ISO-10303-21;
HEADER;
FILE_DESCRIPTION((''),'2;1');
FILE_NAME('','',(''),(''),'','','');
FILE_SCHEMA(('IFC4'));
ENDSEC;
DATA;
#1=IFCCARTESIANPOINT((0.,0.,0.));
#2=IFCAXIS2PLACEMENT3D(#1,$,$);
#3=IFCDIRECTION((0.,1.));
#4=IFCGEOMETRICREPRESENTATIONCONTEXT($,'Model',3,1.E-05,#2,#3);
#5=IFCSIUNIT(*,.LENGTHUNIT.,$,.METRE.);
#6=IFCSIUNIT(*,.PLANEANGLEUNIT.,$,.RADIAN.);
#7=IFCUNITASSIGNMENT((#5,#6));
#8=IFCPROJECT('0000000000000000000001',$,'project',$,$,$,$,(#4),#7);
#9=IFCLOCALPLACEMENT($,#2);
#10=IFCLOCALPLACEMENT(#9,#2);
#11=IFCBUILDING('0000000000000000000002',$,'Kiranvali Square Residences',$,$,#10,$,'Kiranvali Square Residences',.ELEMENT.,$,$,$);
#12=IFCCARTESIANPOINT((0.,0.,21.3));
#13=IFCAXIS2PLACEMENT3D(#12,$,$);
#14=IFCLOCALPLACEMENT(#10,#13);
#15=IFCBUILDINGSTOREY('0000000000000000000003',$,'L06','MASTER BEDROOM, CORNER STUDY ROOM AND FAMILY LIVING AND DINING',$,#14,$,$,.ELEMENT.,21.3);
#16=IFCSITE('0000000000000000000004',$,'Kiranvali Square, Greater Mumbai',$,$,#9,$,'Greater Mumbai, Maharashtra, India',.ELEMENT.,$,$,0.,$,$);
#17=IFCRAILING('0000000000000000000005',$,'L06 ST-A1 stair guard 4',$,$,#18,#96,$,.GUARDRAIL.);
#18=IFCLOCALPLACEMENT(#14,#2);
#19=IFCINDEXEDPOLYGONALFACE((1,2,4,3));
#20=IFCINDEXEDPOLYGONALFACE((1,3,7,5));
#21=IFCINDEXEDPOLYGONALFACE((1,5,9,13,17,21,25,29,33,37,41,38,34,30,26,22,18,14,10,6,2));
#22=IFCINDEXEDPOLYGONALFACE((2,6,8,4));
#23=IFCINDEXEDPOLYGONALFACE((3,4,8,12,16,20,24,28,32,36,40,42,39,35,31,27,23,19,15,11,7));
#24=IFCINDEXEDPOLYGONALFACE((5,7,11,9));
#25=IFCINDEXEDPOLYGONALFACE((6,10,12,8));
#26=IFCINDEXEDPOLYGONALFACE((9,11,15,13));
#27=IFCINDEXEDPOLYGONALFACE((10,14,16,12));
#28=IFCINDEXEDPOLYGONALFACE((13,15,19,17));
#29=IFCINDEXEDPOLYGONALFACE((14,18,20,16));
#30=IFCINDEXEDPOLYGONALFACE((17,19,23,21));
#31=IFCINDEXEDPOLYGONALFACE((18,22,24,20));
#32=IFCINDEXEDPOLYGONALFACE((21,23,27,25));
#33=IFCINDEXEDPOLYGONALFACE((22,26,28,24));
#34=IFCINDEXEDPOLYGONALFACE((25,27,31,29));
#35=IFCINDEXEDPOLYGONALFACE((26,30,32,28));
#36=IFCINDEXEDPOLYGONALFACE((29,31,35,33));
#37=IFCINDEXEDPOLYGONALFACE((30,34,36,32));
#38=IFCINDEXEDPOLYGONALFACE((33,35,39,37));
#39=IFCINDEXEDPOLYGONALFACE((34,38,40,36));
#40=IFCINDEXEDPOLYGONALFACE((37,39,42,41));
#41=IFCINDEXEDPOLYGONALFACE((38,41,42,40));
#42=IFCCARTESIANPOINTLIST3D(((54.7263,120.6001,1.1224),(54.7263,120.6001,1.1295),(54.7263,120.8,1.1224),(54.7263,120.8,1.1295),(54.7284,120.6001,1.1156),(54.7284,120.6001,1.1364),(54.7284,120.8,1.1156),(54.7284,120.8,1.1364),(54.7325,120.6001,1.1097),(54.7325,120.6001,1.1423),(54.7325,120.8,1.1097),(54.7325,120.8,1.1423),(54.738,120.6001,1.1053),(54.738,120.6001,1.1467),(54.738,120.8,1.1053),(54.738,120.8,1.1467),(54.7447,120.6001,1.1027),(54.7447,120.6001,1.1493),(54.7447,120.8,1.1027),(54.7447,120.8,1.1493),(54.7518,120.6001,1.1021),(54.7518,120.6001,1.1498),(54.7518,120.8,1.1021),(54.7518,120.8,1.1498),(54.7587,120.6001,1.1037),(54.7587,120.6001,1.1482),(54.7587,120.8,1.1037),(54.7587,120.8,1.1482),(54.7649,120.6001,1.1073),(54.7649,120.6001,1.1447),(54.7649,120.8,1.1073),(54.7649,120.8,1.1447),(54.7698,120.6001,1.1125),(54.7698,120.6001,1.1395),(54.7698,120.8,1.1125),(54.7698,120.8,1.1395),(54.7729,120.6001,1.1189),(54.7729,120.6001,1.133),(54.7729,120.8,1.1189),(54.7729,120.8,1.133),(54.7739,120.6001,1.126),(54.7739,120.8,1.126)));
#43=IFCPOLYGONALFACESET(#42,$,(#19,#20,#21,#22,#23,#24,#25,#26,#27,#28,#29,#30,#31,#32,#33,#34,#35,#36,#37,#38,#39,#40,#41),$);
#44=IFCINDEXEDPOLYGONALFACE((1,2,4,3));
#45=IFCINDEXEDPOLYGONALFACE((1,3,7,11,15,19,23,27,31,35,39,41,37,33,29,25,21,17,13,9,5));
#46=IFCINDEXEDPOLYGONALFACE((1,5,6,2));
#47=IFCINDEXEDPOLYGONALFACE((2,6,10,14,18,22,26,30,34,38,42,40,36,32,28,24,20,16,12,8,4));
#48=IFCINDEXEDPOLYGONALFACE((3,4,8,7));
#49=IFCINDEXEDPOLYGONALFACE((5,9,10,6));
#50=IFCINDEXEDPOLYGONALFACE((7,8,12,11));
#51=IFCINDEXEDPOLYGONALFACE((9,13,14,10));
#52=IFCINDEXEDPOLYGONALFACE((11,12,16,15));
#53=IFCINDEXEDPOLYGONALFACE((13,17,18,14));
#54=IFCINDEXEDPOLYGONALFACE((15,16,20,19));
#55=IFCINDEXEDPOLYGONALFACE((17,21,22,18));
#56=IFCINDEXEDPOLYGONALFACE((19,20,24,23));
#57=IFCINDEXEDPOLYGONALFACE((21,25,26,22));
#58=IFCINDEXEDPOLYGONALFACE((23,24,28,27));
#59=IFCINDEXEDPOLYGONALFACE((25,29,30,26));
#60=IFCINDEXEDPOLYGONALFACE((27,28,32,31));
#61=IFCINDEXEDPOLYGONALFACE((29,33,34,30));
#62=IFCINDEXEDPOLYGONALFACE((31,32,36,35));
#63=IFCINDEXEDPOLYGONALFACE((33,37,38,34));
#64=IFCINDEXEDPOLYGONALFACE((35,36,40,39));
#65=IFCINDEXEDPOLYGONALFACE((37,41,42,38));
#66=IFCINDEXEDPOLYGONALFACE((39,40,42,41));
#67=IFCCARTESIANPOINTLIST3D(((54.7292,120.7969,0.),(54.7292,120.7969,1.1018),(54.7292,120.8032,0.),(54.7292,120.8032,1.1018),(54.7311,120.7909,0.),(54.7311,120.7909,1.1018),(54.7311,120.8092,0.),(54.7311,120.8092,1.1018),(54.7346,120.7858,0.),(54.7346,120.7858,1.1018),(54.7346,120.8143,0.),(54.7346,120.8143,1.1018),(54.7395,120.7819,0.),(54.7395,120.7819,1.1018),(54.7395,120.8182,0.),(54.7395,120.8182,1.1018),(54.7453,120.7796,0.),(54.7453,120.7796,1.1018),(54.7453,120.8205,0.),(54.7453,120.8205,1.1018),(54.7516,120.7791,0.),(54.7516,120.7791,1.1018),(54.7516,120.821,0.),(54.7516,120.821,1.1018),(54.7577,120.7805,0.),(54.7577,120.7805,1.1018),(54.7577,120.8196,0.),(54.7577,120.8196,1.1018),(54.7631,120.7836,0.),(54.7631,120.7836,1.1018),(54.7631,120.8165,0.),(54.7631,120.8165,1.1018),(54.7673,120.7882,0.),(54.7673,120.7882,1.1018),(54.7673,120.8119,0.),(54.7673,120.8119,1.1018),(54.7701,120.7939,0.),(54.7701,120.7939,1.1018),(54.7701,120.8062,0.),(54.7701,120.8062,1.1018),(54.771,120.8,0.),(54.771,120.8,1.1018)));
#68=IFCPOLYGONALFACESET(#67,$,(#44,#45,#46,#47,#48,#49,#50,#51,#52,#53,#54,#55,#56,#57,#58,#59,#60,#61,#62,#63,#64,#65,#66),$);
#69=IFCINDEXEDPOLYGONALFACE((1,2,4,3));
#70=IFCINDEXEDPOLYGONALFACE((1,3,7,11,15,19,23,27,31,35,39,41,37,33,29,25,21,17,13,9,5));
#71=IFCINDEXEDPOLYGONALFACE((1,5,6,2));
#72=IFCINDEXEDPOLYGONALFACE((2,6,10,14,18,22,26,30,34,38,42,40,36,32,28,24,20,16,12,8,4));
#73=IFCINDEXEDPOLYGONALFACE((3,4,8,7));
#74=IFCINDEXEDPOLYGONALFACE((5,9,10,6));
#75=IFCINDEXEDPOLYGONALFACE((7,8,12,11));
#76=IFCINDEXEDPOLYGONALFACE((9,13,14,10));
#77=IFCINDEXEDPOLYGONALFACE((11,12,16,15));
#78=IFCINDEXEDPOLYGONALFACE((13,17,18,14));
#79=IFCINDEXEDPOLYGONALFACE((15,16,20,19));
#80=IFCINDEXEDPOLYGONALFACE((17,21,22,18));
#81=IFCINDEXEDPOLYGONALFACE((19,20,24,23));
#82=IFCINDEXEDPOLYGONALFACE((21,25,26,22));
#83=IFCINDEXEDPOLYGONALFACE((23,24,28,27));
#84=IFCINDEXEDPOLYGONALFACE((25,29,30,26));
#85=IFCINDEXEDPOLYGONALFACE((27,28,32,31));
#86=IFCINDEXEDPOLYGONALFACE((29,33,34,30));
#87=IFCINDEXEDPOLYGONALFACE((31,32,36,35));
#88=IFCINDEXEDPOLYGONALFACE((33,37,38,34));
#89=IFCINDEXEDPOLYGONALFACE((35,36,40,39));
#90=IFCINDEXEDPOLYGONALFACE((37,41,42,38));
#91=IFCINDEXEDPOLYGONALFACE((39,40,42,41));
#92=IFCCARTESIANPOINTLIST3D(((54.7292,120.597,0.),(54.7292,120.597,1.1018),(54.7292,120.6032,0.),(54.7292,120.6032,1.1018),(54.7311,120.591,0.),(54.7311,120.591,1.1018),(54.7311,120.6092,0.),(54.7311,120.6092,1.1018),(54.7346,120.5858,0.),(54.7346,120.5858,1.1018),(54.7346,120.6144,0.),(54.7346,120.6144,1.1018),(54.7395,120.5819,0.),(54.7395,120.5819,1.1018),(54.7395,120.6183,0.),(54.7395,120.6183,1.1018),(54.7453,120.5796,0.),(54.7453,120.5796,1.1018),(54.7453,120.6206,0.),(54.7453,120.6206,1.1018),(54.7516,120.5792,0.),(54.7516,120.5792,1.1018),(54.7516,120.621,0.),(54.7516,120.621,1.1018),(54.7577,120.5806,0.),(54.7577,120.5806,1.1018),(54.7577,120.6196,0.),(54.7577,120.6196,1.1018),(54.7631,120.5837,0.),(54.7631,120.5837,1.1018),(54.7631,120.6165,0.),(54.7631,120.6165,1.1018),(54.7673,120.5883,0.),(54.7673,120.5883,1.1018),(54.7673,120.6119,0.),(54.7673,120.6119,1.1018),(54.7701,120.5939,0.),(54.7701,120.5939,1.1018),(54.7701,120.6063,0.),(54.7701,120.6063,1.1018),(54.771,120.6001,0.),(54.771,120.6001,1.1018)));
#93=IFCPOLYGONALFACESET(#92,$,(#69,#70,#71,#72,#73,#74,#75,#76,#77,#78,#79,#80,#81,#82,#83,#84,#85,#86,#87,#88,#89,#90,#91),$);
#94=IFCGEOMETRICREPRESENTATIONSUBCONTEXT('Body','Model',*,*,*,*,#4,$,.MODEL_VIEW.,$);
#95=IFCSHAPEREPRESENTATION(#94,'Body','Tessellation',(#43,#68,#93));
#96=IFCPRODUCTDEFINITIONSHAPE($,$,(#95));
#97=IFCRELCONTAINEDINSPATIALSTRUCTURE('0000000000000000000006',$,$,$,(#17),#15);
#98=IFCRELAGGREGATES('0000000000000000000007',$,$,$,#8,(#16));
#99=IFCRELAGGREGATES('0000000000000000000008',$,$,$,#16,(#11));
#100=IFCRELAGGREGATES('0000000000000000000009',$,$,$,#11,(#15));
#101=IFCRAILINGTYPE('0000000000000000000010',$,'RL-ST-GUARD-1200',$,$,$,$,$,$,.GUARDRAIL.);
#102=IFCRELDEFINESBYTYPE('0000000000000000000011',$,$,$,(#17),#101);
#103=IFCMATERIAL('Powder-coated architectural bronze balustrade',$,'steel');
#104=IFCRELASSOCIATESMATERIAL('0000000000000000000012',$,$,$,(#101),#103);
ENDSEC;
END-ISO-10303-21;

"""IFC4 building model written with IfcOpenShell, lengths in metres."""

from ifc_helpers import new_model, si_unit, direction, frame, origin, origin_2d, place, context, subcontext, project, spatial, circle, extrude, material, type_object, element, save


model = new_model("IFC4")

# Units and contexts
model_context = context("Model", 3, precision=1e-05, world=origin(), true_north=direction((0.0, 1.0)))
body_context = subcontext(model_context, "Body", "Model", "MODEL_VIEW")
ifc_project = project(units=[si_unit("LENGTHUNIT", "METRE"), si_unit("PLANEANGLEUNIT", "RADIAN")], contexts=[model_context])

# Site, building, storey
site_placement = place(None, origin())
site = spatial("IfcSite", under=ifc_project, at=site_placement, Name="Kiranvali Square, Greater Mumbai", LongName="Greater Mumbai, Maharashtra, India", CompositionType="ELEMENT", RefElevation=0.0)
building_placement = place(site_placement, origin())
building = spatial("IfcBuilding", under=site, at=building_placement, Name="Kiranvali Square Residences", LongName="Kiranvali Square Residences", CompositionType="ELEMENT")
storey_placement = place(building_placement, frame((0.0, 0.0, 21.3)))
storey = spatial("IfcBuildingStorey", under=building, at=storey_placement, Name="L06", Description="MASTER BEDROOM, CORNER STUDY ROOM AND FAMILY LIVING AND DINING", CompositionType="ELEMENT", Elevation=21.3)

# Railing
ifc_material_1 = material(Name="Powder-coated architectural bronze balustrade", Category="steel")
railing_type_1 = type_object("IfcRailingType", Name="RL-ST-GUARD-1200", PredefinedType="GUARDRAIL", material=ifc_material_1)
railing_1_placement = place(storey_placement, frame((54.75, 120.8, 0.0)))
element("IfcRailing", 1, at=railing_1_placement, inside=storey, type_object=railing_type_1, Name="L06 ST-A1 stair guard 4", PredefinedType="GUARDRAIL", context=body_context, shape_type="SweptSolid", body=[
    extrude(circle(Radius=0.0239, at=origin_2d()), frame((0.0, 0.0, 1.126), z_axis=(0.0, -1.0, 0.0), x_axis=(1.0, 0.0, 0.0)), (0.0, 0.0, 1.0), 0.2),
    extrude(circle(Radius=0.021, at=origin_2d()), origin(), (0.0, 0.0, 1.0), 1.1018),
    extrude(circle(Radius=0.021, at=origin_2d()), frame((0.0, -0.2, 0.0)), (0.0, 0.0, 1.0), 1.1018),
])

save(model, "model.ifc")
